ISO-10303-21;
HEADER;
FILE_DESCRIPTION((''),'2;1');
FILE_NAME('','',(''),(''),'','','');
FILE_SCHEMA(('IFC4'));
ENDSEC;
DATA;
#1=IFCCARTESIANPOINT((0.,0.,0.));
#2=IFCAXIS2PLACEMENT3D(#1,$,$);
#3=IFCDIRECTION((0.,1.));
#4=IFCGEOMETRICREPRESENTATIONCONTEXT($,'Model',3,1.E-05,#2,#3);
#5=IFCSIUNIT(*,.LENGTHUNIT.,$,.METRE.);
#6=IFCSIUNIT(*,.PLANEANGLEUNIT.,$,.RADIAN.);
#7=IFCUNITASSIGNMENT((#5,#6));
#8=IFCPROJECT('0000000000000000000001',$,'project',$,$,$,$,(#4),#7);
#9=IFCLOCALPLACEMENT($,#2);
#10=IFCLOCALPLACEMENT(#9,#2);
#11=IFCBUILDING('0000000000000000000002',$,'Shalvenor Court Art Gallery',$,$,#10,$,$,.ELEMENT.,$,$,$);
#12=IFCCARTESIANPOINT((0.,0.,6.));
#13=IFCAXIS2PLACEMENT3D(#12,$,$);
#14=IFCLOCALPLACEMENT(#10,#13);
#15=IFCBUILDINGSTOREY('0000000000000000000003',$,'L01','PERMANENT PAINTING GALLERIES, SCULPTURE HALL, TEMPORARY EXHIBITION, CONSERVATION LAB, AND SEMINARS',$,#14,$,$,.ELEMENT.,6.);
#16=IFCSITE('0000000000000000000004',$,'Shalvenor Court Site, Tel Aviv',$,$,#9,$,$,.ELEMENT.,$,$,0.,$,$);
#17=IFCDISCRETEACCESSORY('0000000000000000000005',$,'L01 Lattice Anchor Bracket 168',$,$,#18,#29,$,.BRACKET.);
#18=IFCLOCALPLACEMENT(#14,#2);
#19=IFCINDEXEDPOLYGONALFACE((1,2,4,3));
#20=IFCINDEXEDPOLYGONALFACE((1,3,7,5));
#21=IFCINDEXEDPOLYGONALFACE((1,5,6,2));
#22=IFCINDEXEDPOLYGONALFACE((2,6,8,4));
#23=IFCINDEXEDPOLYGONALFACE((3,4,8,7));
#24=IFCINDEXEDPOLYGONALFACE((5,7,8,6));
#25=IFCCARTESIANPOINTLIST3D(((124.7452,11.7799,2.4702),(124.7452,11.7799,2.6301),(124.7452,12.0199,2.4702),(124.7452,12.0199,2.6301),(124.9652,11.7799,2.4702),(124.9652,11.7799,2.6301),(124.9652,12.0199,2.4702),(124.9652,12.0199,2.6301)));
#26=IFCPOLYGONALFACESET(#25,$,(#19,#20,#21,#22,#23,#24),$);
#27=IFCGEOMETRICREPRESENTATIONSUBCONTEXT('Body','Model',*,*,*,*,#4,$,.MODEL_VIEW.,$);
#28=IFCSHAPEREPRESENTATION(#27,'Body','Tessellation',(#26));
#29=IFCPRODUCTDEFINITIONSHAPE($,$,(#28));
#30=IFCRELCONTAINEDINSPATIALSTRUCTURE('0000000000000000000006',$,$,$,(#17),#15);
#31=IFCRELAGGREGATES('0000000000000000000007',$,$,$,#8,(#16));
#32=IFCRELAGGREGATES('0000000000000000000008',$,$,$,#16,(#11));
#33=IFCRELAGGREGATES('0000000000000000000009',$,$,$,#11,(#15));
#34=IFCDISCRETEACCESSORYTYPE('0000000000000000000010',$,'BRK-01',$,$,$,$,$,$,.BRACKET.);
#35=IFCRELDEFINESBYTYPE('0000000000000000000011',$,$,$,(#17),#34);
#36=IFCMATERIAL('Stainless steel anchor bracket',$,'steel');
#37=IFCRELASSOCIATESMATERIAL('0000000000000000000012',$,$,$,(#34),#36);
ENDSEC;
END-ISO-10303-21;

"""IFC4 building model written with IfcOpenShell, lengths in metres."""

from ifc_helpers import new_model, si_unit, direction, frame, origin, origin_2d, place, context, subcontext, project, spatial, rectangle, extrude, material, type_object, element, save


model = new_model("IFC4")

# Units and contexts
model_context = context("Model", 3, precision=1e-05, world=origin(), true_north=direction((0.0, 1.0)))
body_context = subcontext(model_context, "Body", "Model", "MODEL_VIEW")
ifc_project = project(units=[si_unit("LENGTHUNIT", "METRE"), si_unit("PLANEANGLEUNIT", "RADIAN")], contexts=[model_context])

# Site, building, storey
site_placement = place(None, origin())
site = spatial("IfcSite", under=ifc_project, at=site_placement, Name="Shalvenor Court Site, Tel Aviv", CompositionType="ELEMENT", RefElevation=0.0)
building_placement = place(site_placement, origin())
building = spatial("IfcBuilding", under=site, at=building_placement, Name="Shalvenor Court Art Gallery", CompositionType="ELEMENT")
storey_placement = place(building_placement, frame((0.0, 0.0, 6.0)))
storey = spatial("IfcBuildingStorey", under=building, at=storey_placement, Name="L01", Description="PERMANENT PAINTING GALLERIES, SCULPTURE HALL, TEMPORARY EXHIBITION, CONSERVATION LAB, AND SEMINARS", CompositionType="ELEMENT", Elevation=6.0)

# Discrete accessory
ifc_material_1 = material(Name="Stainless steel anchor bracket", Category="steel")
discrete_accessory_type = type_object("IfcDiscreteAccessoryType", Name="BRK-01", PredefinedType="BRACKET", material=ifc_material_1)
for number, where, z_axis, x_axis, name in (
    (1, (124.8552, 11.8999, 2.4702), (0.0, 0.0, 1.0), (0.0, -1.0, 0.0), "L01 Lattice Anchor Bracket 168"),
):
    element("IfcDiscreteAccessory", number, at=place(storey_placement, frame(where, z_axis=z_axis, x_axis=x_axis)), inside=storey, type_object=discrete_accessory_type, Name=name, PredefinedType="BRACKET", context=body_context, shape_type="SweptSolid", body=[
        extrude(rectangle(XDim=0.24, YDim=0.22, at=origin_2d()), origin(), (0.0, 0.0, 1.0), 0.1599),
    ])

save(model, "model.ifc")
